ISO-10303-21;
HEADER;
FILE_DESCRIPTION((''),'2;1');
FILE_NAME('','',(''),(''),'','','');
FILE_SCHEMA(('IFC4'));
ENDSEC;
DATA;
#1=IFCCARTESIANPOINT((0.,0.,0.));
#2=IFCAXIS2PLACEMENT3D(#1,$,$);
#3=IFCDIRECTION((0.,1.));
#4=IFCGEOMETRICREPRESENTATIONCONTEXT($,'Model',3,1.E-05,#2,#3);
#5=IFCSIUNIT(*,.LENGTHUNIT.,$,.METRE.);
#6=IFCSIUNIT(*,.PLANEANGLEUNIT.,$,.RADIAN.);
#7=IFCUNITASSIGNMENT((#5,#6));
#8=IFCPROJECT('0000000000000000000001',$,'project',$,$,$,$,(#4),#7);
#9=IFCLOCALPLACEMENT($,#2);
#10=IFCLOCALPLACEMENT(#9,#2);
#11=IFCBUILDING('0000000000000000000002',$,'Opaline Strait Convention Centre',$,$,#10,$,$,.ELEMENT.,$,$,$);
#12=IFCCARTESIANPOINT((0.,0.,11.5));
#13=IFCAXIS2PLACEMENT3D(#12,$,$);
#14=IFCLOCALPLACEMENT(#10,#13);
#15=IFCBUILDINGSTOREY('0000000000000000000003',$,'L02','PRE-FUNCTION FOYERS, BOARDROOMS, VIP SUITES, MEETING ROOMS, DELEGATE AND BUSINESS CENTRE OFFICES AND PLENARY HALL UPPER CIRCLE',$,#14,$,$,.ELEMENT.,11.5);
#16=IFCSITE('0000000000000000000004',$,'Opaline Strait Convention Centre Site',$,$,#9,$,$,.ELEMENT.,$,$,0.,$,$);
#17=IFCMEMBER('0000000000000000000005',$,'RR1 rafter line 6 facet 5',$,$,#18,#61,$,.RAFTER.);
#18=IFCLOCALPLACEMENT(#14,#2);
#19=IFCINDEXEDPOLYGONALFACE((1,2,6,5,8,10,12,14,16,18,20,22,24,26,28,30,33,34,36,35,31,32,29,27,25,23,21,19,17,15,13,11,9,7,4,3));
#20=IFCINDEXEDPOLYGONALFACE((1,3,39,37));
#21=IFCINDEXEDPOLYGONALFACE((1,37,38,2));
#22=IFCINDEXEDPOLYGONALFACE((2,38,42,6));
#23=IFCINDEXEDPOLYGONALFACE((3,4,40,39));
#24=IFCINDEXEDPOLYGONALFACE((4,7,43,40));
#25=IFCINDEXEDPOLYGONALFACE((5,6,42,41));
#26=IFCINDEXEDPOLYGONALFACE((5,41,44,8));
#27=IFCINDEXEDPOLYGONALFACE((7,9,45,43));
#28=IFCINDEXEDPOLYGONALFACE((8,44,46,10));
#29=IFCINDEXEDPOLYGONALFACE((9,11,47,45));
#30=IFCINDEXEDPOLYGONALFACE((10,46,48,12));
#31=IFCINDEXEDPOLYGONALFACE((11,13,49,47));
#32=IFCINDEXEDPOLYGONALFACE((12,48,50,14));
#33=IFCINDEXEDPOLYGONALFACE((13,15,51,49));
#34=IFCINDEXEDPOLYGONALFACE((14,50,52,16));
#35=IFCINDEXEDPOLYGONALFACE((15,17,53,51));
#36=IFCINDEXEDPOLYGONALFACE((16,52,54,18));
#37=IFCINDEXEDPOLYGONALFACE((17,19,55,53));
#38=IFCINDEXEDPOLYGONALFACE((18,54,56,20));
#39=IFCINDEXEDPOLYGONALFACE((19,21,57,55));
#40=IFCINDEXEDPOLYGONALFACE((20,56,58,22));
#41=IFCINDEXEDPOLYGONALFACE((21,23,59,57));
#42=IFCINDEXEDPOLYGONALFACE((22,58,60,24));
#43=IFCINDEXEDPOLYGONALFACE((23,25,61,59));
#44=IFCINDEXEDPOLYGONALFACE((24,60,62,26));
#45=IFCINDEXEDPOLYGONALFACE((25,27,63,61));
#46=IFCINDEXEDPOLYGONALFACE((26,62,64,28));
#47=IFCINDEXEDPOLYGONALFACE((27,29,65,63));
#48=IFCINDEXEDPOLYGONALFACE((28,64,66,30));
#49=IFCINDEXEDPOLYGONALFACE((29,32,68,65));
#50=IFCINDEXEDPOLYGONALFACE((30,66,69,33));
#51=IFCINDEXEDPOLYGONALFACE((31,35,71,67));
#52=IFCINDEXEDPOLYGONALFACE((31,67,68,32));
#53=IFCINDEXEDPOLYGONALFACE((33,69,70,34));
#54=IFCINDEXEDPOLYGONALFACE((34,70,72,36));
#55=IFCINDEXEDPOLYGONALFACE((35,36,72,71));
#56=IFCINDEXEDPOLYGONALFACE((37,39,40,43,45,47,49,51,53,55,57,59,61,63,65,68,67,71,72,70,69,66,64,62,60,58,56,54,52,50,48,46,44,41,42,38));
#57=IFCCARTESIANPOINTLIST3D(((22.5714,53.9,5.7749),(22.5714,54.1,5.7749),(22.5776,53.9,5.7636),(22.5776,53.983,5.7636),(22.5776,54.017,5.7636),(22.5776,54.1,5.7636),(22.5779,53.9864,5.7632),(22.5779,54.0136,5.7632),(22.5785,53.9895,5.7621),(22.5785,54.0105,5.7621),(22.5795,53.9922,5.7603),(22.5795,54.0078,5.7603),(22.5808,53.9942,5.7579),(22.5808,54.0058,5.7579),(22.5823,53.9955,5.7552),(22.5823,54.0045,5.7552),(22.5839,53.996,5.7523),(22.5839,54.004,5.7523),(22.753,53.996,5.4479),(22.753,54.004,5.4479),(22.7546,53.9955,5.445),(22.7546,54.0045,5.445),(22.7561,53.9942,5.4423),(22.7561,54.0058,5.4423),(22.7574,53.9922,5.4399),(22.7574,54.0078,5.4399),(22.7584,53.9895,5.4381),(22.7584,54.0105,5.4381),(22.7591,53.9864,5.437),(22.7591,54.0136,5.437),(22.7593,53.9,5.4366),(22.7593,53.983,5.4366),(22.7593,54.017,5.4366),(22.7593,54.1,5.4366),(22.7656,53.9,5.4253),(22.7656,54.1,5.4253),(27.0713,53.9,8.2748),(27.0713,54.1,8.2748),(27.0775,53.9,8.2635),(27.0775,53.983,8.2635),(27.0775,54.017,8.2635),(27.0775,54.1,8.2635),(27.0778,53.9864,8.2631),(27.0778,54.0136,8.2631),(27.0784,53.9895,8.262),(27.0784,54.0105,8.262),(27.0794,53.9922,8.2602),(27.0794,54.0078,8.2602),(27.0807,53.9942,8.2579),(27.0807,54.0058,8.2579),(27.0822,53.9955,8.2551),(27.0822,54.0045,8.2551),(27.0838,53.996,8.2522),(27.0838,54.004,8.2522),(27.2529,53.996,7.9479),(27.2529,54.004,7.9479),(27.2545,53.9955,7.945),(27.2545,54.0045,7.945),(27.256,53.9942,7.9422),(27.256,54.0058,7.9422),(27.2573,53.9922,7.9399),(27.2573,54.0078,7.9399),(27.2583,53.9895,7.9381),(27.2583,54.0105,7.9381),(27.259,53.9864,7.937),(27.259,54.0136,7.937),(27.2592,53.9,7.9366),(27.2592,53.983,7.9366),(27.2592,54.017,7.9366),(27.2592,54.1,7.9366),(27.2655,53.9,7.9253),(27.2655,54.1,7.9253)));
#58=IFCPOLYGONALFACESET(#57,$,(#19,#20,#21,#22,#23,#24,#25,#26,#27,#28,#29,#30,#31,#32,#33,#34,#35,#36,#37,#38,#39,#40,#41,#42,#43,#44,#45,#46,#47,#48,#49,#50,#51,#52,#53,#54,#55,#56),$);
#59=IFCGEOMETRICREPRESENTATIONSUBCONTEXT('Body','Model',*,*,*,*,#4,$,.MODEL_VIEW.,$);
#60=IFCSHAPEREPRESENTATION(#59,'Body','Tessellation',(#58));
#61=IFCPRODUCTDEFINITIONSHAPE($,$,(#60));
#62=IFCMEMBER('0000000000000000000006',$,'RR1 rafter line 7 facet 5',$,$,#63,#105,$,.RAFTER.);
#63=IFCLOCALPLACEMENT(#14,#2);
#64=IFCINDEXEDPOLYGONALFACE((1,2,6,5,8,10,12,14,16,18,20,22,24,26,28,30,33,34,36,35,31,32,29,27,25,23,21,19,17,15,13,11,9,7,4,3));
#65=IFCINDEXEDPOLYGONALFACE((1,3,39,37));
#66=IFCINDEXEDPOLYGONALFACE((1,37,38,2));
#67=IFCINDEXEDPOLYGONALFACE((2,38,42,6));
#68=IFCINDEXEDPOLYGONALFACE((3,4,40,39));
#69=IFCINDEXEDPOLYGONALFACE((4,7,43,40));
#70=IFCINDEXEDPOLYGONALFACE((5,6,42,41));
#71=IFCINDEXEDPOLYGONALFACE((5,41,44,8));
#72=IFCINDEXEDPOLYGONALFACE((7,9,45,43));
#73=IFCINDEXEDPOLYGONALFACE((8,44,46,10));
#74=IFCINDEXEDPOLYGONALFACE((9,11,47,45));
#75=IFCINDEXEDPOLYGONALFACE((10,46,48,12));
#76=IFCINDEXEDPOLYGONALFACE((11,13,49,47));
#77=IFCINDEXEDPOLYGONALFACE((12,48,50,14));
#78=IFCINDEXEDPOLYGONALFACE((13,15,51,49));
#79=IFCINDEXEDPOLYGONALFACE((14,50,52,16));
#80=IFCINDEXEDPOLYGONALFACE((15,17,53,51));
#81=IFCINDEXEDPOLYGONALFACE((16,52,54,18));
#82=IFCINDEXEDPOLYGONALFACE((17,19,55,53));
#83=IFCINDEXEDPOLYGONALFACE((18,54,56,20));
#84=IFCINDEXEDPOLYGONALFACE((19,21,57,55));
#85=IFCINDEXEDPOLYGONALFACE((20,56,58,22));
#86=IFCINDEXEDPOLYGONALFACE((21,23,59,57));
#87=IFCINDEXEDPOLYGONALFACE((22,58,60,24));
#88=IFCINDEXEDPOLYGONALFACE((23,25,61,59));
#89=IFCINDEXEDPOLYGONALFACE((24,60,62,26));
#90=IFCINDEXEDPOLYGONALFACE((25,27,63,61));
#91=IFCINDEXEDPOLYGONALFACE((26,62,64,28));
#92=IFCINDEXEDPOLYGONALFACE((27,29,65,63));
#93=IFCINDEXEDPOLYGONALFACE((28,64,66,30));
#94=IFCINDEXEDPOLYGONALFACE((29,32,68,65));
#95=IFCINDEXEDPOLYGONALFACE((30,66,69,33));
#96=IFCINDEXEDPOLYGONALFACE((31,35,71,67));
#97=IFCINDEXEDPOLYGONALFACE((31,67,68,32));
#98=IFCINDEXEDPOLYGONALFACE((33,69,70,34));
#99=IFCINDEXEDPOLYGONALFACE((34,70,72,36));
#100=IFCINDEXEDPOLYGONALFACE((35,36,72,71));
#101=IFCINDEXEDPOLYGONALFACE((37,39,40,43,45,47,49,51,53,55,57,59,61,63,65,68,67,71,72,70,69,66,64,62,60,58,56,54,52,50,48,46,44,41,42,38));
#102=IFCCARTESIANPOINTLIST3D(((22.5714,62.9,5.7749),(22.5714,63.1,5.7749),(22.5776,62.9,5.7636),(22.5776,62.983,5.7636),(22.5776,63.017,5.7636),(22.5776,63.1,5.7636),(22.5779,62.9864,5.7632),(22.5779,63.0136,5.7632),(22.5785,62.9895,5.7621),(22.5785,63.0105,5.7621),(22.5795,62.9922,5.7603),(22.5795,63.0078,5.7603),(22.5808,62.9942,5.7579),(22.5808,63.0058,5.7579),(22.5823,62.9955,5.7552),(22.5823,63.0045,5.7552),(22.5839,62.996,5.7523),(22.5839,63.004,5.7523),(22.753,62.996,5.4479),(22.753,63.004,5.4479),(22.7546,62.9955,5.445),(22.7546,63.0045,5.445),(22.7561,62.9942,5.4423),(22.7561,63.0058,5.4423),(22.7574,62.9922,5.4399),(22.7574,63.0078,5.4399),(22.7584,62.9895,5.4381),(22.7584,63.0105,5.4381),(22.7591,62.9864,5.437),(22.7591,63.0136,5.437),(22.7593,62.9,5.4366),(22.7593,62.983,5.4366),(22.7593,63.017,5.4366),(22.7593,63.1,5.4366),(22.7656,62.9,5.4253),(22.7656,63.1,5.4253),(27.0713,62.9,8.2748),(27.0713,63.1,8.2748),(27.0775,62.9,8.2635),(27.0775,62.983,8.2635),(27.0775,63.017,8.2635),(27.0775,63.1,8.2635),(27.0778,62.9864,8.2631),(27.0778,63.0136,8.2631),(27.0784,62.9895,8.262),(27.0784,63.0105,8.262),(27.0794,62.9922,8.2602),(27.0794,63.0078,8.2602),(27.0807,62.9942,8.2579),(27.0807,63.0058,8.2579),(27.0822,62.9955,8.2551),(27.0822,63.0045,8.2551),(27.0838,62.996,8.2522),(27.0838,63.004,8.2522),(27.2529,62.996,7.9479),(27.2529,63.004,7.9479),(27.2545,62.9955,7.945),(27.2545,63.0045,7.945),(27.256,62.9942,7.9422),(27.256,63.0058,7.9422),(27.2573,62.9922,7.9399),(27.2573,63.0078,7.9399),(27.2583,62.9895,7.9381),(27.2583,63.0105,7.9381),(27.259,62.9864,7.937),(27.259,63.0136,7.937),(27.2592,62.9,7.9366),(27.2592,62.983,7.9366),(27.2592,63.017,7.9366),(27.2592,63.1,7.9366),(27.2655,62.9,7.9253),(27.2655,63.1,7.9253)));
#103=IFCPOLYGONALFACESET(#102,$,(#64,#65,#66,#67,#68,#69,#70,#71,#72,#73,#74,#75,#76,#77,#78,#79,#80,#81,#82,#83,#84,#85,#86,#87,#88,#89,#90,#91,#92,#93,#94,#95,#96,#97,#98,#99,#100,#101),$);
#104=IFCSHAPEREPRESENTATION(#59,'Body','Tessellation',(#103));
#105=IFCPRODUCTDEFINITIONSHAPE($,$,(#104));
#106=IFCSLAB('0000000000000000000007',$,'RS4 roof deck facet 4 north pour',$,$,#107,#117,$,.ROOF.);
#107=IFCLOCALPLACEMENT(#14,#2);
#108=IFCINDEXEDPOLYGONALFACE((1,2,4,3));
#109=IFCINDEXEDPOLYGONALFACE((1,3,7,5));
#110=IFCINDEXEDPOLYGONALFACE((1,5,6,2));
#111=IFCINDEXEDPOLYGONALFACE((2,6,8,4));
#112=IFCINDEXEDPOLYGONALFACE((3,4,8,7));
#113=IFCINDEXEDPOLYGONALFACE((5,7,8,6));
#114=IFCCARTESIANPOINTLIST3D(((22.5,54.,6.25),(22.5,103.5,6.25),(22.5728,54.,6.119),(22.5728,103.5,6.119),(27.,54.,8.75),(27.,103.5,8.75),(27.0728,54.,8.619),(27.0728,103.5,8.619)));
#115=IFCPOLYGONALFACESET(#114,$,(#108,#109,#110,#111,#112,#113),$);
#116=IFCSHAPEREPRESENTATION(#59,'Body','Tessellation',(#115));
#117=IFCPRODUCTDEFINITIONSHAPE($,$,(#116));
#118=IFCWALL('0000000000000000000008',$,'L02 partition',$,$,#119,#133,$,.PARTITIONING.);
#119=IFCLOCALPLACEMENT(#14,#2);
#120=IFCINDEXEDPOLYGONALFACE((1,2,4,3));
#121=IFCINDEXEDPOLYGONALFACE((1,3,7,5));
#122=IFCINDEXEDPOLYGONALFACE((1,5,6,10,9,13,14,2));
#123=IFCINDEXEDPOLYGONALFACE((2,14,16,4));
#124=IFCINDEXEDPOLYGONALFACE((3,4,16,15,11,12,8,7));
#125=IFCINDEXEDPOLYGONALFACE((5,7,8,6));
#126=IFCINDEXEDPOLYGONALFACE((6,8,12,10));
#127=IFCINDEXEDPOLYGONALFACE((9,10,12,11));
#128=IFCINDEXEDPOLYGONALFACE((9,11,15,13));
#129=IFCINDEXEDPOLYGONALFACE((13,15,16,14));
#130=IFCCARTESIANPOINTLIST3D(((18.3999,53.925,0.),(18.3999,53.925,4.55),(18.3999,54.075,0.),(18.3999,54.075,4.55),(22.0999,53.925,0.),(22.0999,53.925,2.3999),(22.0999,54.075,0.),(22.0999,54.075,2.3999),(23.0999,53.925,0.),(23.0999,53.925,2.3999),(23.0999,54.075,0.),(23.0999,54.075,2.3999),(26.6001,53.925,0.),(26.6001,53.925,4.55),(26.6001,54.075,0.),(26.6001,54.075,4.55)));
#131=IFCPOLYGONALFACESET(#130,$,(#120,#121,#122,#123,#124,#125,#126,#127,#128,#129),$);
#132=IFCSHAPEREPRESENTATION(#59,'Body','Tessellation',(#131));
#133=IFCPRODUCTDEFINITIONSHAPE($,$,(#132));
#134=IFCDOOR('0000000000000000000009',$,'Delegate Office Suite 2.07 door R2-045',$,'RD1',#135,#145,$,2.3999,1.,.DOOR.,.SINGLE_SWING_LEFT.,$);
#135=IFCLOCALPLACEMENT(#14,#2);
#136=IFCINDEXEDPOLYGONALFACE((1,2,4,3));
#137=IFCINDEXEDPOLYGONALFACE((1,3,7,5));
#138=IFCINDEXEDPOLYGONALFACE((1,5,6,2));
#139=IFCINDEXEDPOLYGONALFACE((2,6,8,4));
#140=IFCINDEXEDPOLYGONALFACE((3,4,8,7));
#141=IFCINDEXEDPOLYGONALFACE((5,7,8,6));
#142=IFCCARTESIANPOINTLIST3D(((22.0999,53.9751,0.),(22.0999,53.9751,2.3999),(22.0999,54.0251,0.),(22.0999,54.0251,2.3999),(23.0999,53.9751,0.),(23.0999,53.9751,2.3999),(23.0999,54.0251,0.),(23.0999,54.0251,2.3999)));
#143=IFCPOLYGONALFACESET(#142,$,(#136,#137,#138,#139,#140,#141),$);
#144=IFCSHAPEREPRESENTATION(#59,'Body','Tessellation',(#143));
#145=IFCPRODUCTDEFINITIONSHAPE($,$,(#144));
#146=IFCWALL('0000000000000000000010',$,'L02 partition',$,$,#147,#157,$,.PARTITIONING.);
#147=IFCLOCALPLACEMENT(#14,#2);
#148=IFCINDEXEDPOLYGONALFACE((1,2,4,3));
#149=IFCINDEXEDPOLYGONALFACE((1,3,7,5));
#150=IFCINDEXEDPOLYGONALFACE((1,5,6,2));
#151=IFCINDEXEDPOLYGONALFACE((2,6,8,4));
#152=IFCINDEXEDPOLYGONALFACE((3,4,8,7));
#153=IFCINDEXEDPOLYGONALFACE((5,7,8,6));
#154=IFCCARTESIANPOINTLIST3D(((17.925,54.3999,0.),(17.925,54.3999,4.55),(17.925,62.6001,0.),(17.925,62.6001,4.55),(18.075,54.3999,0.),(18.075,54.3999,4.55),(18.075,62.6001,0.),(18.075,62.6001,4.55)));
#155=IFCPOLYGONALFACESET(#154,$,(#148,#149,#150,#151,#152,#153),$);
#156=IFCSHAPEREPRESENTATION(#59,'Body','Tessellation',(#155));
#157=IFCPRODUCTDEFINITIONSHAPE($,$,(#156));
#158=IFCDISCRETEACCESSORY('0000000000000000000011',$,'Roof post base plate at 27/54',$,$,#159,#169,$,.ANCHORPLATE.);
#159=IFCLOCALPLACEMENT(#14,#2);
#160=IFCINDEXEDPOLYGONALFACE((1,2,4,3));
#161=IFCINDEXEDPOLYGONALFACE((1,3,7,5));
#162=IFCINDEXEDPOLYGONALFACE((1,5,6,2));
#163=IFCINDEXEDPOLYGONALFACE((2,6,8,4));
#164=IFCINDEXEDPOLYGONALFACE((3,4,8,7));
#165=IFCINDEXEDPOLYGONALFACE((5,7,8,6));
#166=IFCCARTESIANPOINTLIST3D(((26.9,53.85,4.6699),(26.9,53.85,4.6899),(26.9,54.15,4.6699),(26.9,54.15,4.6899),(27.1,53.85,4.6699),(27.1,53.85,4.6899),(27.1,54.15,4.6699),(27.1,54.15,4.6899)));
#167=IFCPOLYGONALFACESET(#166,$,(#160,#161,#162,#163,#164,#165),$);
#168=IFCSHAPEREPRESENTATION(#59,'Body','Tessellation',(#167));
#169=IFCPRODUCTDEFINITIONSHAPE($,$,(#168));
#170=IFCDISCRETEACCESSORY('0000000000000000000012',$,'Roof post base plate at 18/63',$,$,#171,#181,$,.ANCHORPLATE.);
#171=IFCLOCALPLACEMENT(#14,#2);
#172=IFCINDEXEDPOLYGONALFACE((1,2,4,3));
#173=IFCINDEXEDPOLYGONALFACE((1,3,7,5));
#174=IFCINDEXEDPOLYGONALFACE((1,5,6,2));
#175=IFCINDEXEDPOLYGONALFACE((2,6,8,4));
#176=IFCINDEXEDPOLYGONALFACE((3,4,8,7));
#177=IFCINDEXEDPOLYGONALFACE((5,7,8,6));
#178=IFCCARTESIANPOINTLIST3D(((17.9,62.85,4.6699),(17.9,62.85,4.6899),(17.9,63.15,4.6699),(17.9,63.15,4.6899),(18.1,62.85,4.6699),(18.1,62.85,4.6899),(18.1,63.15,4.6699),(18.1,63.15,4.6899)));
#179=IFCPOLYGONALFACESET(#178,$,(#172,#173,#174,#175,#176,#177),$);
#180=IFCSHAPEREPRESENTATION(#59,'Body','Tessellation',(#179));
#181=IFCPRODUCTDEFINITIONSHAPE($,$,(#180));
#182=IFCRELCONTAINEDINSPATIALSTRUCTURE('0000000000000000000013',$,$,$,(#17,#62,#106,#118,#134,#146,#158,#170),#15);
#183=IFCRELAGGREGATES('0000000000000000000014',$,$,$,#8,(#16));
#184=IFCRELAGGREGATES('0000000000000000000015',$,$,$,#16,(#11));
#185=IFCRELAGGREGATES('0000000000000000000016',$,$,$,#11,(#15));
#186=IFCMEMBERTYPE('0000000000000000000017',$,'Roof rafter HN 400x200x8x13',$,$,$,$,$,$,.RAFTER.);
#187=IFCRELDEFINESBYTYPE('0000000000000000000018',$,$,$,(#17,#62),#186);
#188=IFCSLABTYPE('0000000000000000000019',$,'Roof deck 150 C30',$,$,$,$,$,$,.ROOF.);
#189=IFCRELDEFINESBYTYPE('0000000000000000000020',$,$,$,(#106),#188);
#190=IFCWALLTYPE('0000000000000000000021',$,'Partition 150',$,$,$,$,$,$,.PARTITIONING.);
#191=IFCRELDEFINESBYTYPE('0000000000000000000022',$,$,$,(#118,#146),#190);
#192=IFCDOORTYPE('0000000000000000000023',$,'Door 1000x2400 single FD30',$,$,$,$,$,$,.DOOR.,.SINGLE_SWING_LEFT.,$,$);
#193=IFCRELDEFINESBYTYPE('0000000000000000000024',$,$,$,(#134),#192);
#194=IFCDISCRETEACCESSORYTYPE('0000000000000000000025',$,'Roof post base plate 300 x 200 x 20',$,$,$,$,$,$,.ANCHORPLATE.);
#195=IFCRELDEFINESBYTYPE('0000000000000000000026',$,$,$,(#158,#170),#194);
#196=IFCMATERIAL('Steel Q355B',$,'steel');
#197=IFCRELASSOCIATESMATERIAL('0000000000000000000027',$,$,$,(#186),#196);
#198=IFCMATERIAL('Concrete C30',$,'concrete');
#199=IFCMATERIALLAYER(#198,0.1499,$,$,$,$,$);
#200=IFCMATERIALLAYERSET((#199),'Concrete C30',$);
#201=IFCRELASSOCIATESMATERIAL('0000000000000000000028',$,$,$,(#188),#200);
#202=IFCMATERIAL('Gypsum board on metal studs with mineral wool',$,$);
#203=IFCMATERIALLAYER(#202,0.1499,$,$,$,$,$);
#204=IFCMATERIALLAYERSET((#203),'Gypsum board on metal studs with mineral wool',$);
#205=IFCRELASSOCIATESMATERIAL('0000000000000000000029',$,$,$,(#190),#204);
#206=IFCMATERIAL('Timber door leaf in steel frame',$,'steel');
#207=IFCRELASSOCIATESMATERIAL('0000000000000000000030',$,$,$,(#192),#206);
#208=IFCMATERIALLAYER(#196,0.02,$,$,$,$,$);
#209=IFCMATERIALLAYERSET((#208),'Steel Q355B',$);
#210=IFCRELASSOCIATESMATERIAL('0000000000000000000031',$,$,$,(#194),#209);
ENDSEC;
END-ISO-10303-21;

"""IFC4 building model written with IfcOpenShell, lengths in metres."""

from ifc_helpers import new_model, si_unit, direction, frame, frame_2d, origin, origin_2d, place, context, subcontext, project, spatial, polyline, rectangle, i_section, outline, extrude, material, layer, layer_set, material_profile, profile_set, type_object, element, fill, save


model = new_model("IFC4")

# Units and contexts
model_context = context("Model", 3, precision=1e-05, world=origin(), true_north=direction((0.0, 1.0)))
body_context = subcontext(model_context, "Body", "Model", "MODEL_VIEW")
ifc_project = project(units=[si_unit("LENGTHUNIT", "METRE"), si_unit("PLANEANGLEUNIT", "RADIAN")], contexts=[model_context])

# Site, building, storey
site_placement = place(None, origin())
site = spatial("IfcSite", under=ifc_project, at=site_placement, Name="Opaline Strait Convention Centre Site", CompositionType="ELEMENT", RefElevation=0.0)
building_placement = place(site_placement, origin())
building = spatial("IfcBuilding", under=site, at=building_placement, Name="Opaline Strait Convention Centre", CompositionType="ELEMENT")
storey_placement = place(building_placement, frame((0.0, 0.0, 11.5)))
storey = spatial("IfcBuildingStorey", under=building, at=storey_placement, Name="L02", Description="PRE-FUNCTION FOYERS, BOARDROOMS, VIP SUITES, MEETING ROOMS, DELEGATE AND BUSINESS CENTRE OFFICES AND PLENARY HALL UPPER CIRCLE", CompositionType="ELEMENT", Elevation=11.5)

# Shared definitions
ifc_material_1 = material(Name="Steel Q355B", Category="steel")

# Members
ifc_material_profile_1 = material_profile(ifc_material_1, i_section(OverallWidth=0.2, OverallDepth=0.3999, WebThickness=0.0081, FlangeThickness=0.0129, FilletRadius=0.0129, at=origin_2d()), Name="HN 400x200x8x13")
ifc_profile_set_1 = profile_set([ifc_material_profile_1], Name="Steel Q355B")
member_type_1 = type_object("IfcMemberType", Name="Roof rafter HN 400x200x8x13", PredefinedType="RAFTER", material=ifc_profile_set_1)
for number, where, z_axis, x_axis, name in (
    (1, (22.6685, 54.0, 5.6001), (0.874157, 0.0, 0.485643), (0.0, 1.0, 0.0), "RR1 rafter line 6 facet 5"),
    (2, (22.6685, 63.0, 5.6001), (0.874157, 0.0, 0.485643), (0.0, 1.0, 0.0), "RR1 rafter line 7 facet 5"),
):
    element("IfcMember", number, at=place(storey_placement, frame(where, z_axis=z_axis, x_axis=x_axis)), inside=storey, type_object=member_type_1, Name=name, PredefinedType="RAFTER", context=body_context, shape_type="SweptSolid", body=[
        extrude(i_section(OverallWidth=0.2, OverallDepth=0.3999, WebThickness=0.0081, FlangeThickness=0.0129, FilletRadius=0.0129, at=origin_2d()), origin(), (0.0, 0.0, 1.0), 5.1477),
    ])

# Slab
ifc_material_2 = material(Name="Concrete C30", Category="concrete")
ifc_layer_1 = layer(ifc_material_2, 0.1499)
ifc_layer_set_1 = layer_set([ifc_layer_1], Name="Concrete C30")
slab_type = type_object("IfcSlabType", Name="Roof deck 150 C30", PredefinedType="ROOF", material=ifc_layer_set_1)
slab_placement = place(storey_placement, frame((22.5, 54.0, 6.25), z_axis=(-0.485643, 0.0, 0.874157), x_axis=(0.874157, 0.0, 0.485643)))
element("IfcSlab", 3, at=slab_placement, inside=storey, type_object=slab_type, Name="RS4 roof deck facet 4 north pour", PredefinedType="ROOF", context=body_context, shape_type="SweptSolid", body=[
    extrude(outline(polyline([(0.0, 0.0), (5.1478, 0.0), (5.1478, 49.5), (0.0, 49.5), (0.0, 0.0)])), origin(), (0.0, 0.0, -1.0), 0.1499),
])

# Wall, opening, door
ifc_material_3 = material(Name="Gypsum board on metal studs with mineral wool")
ifc_layer_2 = layer(ifc_material_3, 0.1499)
ifc_layer_set_2 = layer_set([ifc_layer_2], Name="Gypsum board on metal studs with mineral wool")
wall_type = type_object("IfcWallType", Name="Partition 150", PredefinedType="PARTITIONING", material=ifc_layer_set_2)
wall_1_placement = place(storey_placement, frame((18.3999, 54.0, 0.0), z_axis=(0.0, 0.0, 1.0), x_axis=(1.0, 0.0, 0.0)))
wall_1 = element("IfcWall", 4, at=wall_1_placement, inside=storey, type_object=wall_type, Name="L02 partition", PredefinedType="PARTITIONING", context=body_context, shape_type="SweptSolid", body=[
    extrude(rectangle(XDim=8.2002, YDim=0.1499, at=frame_2d((4.1001, 0.0))), origin(), (0.0, 0.0, 1.0), 4.55),
])
opening_placement = place(wall_1_placement, frame((3.7, 0.0, 0.0)))
opening = element("IfcOpeningElement", 5, at=opening_placement, cuts=wall_1, PredefinedType="OPENING", context=body_context, shape_type="SweptSolid", body=[
    extrude(rectangle(XDim=1.0, YDim=2.3999, at=frame_2d((0.5, 1.2))), frame((0.0, 0.085, 0.0), z_axis=(0.0, -1.0, 0.0), x_axis=(1.0, 0.0, 0.0)), (0.0, 0.0, 1.0), 0.1699),
])
ifc_material_4 = material(Name="Timber door leaf in steel frame", Category="steel")
door_type = type_object("IfcDoorType", Name="Door 1000x2400 single FD30", OperationType="SINGLE_SWING_LEFT", PredefinedType="DOOR", material=ifc_material_4)
door_placement = place(opening_placement, frame((1.0, 0.0, 0.0), z_axis=(0.0, 0.0, 1.0), x_axis=(-1.0, 0.0, 0.0)))
door = element("IfcDoor", 6, at=door_placement, inside=storey, type_object=door_type, Name="Delegate Office Suite 2.07 door R2-045", ObjectType="RD1", OperationType="SINGLE_SWING_LEFT", OverallHeight=2.3999, OverallWidth=1.0, PredefinedType="DOOR", context=body_context, shape_type="SweptSolid", body=[
    extrude(rectangle(XDim=1.0, YDim=2.3999, at=frame_2d((0.5, 1.2))), frame((0.0, 0.0249, 0.0), z_axis=(0.0, -1.0, 0.0), x_axis=(1.0, 0.0, 0.0)), (0.0, 0.0, 1.0), 0.05),
])
fill(opening, door)

# Wall
wall_2_placement = place(storey_placement, frame((18.0, 54.3999, 0.0), z_axis=(0.0, 0.0, 1.0), x_axis=(0.0, 1.0, 0.0)))
element("IfcWall", 7, at=wall_2_placement, inside=storey, type_object=wall_type, Name="L02 partition", PredefinedType="PARTITIONING", context=body_context, shape_type="SweptSolid", body=[
    extrude(rectangle(XDim=8.2002, YDim=0.1499, at=frame_2d((4.1001, 0.0))), origin(), (0.0, 0.0, 1.0), 4.55),
])

# Discrete accessories
ifc_layer_3 = layer(ifc_material_1, 0.02)
ifc_layer_set_3 = layer_set([ifc_layer_3], Name="Steel Q355B")
discrete_accessory_type_1 = type_object("IfcDiscreteAccessoryType", Name="Roof post base plate 300 x 200 x 20", PredefinedType="ANCHORPLATE", material=ifc_layer_set_3)
for number, where, z_axis, x_axis, name in (
    (8, (27.0, 54.0, 4.6699), (0.0, 0.0, 1.0), (1.0, 0.0, 0.0), "Roof post base plate at 27/54"),
    (9, (18.0, 63.0, 4.6699), (0.0, 0.0, 1.0), (1.0, 0.0, 0.0), "Roof post base plate at 18/63"),
):
    element("IfcDiscreteAccessory", number, at=place(storey_placement, frame(where, z_axis=z_axis, x_axis=x_axis)), inside=storey, type_object=discrete_accessory_type_1, Name=name, PredefinedType="ANCHORPLATE", context=body_context, shape_type="SweptSolid", body=[
        extrude(rectangle(XDim=0.2, YDim=0.3, at=origin_2d()), origin(), (0.0, 0.0, 1.0), 0.02),
    ])

save(model, "model.ifc")
